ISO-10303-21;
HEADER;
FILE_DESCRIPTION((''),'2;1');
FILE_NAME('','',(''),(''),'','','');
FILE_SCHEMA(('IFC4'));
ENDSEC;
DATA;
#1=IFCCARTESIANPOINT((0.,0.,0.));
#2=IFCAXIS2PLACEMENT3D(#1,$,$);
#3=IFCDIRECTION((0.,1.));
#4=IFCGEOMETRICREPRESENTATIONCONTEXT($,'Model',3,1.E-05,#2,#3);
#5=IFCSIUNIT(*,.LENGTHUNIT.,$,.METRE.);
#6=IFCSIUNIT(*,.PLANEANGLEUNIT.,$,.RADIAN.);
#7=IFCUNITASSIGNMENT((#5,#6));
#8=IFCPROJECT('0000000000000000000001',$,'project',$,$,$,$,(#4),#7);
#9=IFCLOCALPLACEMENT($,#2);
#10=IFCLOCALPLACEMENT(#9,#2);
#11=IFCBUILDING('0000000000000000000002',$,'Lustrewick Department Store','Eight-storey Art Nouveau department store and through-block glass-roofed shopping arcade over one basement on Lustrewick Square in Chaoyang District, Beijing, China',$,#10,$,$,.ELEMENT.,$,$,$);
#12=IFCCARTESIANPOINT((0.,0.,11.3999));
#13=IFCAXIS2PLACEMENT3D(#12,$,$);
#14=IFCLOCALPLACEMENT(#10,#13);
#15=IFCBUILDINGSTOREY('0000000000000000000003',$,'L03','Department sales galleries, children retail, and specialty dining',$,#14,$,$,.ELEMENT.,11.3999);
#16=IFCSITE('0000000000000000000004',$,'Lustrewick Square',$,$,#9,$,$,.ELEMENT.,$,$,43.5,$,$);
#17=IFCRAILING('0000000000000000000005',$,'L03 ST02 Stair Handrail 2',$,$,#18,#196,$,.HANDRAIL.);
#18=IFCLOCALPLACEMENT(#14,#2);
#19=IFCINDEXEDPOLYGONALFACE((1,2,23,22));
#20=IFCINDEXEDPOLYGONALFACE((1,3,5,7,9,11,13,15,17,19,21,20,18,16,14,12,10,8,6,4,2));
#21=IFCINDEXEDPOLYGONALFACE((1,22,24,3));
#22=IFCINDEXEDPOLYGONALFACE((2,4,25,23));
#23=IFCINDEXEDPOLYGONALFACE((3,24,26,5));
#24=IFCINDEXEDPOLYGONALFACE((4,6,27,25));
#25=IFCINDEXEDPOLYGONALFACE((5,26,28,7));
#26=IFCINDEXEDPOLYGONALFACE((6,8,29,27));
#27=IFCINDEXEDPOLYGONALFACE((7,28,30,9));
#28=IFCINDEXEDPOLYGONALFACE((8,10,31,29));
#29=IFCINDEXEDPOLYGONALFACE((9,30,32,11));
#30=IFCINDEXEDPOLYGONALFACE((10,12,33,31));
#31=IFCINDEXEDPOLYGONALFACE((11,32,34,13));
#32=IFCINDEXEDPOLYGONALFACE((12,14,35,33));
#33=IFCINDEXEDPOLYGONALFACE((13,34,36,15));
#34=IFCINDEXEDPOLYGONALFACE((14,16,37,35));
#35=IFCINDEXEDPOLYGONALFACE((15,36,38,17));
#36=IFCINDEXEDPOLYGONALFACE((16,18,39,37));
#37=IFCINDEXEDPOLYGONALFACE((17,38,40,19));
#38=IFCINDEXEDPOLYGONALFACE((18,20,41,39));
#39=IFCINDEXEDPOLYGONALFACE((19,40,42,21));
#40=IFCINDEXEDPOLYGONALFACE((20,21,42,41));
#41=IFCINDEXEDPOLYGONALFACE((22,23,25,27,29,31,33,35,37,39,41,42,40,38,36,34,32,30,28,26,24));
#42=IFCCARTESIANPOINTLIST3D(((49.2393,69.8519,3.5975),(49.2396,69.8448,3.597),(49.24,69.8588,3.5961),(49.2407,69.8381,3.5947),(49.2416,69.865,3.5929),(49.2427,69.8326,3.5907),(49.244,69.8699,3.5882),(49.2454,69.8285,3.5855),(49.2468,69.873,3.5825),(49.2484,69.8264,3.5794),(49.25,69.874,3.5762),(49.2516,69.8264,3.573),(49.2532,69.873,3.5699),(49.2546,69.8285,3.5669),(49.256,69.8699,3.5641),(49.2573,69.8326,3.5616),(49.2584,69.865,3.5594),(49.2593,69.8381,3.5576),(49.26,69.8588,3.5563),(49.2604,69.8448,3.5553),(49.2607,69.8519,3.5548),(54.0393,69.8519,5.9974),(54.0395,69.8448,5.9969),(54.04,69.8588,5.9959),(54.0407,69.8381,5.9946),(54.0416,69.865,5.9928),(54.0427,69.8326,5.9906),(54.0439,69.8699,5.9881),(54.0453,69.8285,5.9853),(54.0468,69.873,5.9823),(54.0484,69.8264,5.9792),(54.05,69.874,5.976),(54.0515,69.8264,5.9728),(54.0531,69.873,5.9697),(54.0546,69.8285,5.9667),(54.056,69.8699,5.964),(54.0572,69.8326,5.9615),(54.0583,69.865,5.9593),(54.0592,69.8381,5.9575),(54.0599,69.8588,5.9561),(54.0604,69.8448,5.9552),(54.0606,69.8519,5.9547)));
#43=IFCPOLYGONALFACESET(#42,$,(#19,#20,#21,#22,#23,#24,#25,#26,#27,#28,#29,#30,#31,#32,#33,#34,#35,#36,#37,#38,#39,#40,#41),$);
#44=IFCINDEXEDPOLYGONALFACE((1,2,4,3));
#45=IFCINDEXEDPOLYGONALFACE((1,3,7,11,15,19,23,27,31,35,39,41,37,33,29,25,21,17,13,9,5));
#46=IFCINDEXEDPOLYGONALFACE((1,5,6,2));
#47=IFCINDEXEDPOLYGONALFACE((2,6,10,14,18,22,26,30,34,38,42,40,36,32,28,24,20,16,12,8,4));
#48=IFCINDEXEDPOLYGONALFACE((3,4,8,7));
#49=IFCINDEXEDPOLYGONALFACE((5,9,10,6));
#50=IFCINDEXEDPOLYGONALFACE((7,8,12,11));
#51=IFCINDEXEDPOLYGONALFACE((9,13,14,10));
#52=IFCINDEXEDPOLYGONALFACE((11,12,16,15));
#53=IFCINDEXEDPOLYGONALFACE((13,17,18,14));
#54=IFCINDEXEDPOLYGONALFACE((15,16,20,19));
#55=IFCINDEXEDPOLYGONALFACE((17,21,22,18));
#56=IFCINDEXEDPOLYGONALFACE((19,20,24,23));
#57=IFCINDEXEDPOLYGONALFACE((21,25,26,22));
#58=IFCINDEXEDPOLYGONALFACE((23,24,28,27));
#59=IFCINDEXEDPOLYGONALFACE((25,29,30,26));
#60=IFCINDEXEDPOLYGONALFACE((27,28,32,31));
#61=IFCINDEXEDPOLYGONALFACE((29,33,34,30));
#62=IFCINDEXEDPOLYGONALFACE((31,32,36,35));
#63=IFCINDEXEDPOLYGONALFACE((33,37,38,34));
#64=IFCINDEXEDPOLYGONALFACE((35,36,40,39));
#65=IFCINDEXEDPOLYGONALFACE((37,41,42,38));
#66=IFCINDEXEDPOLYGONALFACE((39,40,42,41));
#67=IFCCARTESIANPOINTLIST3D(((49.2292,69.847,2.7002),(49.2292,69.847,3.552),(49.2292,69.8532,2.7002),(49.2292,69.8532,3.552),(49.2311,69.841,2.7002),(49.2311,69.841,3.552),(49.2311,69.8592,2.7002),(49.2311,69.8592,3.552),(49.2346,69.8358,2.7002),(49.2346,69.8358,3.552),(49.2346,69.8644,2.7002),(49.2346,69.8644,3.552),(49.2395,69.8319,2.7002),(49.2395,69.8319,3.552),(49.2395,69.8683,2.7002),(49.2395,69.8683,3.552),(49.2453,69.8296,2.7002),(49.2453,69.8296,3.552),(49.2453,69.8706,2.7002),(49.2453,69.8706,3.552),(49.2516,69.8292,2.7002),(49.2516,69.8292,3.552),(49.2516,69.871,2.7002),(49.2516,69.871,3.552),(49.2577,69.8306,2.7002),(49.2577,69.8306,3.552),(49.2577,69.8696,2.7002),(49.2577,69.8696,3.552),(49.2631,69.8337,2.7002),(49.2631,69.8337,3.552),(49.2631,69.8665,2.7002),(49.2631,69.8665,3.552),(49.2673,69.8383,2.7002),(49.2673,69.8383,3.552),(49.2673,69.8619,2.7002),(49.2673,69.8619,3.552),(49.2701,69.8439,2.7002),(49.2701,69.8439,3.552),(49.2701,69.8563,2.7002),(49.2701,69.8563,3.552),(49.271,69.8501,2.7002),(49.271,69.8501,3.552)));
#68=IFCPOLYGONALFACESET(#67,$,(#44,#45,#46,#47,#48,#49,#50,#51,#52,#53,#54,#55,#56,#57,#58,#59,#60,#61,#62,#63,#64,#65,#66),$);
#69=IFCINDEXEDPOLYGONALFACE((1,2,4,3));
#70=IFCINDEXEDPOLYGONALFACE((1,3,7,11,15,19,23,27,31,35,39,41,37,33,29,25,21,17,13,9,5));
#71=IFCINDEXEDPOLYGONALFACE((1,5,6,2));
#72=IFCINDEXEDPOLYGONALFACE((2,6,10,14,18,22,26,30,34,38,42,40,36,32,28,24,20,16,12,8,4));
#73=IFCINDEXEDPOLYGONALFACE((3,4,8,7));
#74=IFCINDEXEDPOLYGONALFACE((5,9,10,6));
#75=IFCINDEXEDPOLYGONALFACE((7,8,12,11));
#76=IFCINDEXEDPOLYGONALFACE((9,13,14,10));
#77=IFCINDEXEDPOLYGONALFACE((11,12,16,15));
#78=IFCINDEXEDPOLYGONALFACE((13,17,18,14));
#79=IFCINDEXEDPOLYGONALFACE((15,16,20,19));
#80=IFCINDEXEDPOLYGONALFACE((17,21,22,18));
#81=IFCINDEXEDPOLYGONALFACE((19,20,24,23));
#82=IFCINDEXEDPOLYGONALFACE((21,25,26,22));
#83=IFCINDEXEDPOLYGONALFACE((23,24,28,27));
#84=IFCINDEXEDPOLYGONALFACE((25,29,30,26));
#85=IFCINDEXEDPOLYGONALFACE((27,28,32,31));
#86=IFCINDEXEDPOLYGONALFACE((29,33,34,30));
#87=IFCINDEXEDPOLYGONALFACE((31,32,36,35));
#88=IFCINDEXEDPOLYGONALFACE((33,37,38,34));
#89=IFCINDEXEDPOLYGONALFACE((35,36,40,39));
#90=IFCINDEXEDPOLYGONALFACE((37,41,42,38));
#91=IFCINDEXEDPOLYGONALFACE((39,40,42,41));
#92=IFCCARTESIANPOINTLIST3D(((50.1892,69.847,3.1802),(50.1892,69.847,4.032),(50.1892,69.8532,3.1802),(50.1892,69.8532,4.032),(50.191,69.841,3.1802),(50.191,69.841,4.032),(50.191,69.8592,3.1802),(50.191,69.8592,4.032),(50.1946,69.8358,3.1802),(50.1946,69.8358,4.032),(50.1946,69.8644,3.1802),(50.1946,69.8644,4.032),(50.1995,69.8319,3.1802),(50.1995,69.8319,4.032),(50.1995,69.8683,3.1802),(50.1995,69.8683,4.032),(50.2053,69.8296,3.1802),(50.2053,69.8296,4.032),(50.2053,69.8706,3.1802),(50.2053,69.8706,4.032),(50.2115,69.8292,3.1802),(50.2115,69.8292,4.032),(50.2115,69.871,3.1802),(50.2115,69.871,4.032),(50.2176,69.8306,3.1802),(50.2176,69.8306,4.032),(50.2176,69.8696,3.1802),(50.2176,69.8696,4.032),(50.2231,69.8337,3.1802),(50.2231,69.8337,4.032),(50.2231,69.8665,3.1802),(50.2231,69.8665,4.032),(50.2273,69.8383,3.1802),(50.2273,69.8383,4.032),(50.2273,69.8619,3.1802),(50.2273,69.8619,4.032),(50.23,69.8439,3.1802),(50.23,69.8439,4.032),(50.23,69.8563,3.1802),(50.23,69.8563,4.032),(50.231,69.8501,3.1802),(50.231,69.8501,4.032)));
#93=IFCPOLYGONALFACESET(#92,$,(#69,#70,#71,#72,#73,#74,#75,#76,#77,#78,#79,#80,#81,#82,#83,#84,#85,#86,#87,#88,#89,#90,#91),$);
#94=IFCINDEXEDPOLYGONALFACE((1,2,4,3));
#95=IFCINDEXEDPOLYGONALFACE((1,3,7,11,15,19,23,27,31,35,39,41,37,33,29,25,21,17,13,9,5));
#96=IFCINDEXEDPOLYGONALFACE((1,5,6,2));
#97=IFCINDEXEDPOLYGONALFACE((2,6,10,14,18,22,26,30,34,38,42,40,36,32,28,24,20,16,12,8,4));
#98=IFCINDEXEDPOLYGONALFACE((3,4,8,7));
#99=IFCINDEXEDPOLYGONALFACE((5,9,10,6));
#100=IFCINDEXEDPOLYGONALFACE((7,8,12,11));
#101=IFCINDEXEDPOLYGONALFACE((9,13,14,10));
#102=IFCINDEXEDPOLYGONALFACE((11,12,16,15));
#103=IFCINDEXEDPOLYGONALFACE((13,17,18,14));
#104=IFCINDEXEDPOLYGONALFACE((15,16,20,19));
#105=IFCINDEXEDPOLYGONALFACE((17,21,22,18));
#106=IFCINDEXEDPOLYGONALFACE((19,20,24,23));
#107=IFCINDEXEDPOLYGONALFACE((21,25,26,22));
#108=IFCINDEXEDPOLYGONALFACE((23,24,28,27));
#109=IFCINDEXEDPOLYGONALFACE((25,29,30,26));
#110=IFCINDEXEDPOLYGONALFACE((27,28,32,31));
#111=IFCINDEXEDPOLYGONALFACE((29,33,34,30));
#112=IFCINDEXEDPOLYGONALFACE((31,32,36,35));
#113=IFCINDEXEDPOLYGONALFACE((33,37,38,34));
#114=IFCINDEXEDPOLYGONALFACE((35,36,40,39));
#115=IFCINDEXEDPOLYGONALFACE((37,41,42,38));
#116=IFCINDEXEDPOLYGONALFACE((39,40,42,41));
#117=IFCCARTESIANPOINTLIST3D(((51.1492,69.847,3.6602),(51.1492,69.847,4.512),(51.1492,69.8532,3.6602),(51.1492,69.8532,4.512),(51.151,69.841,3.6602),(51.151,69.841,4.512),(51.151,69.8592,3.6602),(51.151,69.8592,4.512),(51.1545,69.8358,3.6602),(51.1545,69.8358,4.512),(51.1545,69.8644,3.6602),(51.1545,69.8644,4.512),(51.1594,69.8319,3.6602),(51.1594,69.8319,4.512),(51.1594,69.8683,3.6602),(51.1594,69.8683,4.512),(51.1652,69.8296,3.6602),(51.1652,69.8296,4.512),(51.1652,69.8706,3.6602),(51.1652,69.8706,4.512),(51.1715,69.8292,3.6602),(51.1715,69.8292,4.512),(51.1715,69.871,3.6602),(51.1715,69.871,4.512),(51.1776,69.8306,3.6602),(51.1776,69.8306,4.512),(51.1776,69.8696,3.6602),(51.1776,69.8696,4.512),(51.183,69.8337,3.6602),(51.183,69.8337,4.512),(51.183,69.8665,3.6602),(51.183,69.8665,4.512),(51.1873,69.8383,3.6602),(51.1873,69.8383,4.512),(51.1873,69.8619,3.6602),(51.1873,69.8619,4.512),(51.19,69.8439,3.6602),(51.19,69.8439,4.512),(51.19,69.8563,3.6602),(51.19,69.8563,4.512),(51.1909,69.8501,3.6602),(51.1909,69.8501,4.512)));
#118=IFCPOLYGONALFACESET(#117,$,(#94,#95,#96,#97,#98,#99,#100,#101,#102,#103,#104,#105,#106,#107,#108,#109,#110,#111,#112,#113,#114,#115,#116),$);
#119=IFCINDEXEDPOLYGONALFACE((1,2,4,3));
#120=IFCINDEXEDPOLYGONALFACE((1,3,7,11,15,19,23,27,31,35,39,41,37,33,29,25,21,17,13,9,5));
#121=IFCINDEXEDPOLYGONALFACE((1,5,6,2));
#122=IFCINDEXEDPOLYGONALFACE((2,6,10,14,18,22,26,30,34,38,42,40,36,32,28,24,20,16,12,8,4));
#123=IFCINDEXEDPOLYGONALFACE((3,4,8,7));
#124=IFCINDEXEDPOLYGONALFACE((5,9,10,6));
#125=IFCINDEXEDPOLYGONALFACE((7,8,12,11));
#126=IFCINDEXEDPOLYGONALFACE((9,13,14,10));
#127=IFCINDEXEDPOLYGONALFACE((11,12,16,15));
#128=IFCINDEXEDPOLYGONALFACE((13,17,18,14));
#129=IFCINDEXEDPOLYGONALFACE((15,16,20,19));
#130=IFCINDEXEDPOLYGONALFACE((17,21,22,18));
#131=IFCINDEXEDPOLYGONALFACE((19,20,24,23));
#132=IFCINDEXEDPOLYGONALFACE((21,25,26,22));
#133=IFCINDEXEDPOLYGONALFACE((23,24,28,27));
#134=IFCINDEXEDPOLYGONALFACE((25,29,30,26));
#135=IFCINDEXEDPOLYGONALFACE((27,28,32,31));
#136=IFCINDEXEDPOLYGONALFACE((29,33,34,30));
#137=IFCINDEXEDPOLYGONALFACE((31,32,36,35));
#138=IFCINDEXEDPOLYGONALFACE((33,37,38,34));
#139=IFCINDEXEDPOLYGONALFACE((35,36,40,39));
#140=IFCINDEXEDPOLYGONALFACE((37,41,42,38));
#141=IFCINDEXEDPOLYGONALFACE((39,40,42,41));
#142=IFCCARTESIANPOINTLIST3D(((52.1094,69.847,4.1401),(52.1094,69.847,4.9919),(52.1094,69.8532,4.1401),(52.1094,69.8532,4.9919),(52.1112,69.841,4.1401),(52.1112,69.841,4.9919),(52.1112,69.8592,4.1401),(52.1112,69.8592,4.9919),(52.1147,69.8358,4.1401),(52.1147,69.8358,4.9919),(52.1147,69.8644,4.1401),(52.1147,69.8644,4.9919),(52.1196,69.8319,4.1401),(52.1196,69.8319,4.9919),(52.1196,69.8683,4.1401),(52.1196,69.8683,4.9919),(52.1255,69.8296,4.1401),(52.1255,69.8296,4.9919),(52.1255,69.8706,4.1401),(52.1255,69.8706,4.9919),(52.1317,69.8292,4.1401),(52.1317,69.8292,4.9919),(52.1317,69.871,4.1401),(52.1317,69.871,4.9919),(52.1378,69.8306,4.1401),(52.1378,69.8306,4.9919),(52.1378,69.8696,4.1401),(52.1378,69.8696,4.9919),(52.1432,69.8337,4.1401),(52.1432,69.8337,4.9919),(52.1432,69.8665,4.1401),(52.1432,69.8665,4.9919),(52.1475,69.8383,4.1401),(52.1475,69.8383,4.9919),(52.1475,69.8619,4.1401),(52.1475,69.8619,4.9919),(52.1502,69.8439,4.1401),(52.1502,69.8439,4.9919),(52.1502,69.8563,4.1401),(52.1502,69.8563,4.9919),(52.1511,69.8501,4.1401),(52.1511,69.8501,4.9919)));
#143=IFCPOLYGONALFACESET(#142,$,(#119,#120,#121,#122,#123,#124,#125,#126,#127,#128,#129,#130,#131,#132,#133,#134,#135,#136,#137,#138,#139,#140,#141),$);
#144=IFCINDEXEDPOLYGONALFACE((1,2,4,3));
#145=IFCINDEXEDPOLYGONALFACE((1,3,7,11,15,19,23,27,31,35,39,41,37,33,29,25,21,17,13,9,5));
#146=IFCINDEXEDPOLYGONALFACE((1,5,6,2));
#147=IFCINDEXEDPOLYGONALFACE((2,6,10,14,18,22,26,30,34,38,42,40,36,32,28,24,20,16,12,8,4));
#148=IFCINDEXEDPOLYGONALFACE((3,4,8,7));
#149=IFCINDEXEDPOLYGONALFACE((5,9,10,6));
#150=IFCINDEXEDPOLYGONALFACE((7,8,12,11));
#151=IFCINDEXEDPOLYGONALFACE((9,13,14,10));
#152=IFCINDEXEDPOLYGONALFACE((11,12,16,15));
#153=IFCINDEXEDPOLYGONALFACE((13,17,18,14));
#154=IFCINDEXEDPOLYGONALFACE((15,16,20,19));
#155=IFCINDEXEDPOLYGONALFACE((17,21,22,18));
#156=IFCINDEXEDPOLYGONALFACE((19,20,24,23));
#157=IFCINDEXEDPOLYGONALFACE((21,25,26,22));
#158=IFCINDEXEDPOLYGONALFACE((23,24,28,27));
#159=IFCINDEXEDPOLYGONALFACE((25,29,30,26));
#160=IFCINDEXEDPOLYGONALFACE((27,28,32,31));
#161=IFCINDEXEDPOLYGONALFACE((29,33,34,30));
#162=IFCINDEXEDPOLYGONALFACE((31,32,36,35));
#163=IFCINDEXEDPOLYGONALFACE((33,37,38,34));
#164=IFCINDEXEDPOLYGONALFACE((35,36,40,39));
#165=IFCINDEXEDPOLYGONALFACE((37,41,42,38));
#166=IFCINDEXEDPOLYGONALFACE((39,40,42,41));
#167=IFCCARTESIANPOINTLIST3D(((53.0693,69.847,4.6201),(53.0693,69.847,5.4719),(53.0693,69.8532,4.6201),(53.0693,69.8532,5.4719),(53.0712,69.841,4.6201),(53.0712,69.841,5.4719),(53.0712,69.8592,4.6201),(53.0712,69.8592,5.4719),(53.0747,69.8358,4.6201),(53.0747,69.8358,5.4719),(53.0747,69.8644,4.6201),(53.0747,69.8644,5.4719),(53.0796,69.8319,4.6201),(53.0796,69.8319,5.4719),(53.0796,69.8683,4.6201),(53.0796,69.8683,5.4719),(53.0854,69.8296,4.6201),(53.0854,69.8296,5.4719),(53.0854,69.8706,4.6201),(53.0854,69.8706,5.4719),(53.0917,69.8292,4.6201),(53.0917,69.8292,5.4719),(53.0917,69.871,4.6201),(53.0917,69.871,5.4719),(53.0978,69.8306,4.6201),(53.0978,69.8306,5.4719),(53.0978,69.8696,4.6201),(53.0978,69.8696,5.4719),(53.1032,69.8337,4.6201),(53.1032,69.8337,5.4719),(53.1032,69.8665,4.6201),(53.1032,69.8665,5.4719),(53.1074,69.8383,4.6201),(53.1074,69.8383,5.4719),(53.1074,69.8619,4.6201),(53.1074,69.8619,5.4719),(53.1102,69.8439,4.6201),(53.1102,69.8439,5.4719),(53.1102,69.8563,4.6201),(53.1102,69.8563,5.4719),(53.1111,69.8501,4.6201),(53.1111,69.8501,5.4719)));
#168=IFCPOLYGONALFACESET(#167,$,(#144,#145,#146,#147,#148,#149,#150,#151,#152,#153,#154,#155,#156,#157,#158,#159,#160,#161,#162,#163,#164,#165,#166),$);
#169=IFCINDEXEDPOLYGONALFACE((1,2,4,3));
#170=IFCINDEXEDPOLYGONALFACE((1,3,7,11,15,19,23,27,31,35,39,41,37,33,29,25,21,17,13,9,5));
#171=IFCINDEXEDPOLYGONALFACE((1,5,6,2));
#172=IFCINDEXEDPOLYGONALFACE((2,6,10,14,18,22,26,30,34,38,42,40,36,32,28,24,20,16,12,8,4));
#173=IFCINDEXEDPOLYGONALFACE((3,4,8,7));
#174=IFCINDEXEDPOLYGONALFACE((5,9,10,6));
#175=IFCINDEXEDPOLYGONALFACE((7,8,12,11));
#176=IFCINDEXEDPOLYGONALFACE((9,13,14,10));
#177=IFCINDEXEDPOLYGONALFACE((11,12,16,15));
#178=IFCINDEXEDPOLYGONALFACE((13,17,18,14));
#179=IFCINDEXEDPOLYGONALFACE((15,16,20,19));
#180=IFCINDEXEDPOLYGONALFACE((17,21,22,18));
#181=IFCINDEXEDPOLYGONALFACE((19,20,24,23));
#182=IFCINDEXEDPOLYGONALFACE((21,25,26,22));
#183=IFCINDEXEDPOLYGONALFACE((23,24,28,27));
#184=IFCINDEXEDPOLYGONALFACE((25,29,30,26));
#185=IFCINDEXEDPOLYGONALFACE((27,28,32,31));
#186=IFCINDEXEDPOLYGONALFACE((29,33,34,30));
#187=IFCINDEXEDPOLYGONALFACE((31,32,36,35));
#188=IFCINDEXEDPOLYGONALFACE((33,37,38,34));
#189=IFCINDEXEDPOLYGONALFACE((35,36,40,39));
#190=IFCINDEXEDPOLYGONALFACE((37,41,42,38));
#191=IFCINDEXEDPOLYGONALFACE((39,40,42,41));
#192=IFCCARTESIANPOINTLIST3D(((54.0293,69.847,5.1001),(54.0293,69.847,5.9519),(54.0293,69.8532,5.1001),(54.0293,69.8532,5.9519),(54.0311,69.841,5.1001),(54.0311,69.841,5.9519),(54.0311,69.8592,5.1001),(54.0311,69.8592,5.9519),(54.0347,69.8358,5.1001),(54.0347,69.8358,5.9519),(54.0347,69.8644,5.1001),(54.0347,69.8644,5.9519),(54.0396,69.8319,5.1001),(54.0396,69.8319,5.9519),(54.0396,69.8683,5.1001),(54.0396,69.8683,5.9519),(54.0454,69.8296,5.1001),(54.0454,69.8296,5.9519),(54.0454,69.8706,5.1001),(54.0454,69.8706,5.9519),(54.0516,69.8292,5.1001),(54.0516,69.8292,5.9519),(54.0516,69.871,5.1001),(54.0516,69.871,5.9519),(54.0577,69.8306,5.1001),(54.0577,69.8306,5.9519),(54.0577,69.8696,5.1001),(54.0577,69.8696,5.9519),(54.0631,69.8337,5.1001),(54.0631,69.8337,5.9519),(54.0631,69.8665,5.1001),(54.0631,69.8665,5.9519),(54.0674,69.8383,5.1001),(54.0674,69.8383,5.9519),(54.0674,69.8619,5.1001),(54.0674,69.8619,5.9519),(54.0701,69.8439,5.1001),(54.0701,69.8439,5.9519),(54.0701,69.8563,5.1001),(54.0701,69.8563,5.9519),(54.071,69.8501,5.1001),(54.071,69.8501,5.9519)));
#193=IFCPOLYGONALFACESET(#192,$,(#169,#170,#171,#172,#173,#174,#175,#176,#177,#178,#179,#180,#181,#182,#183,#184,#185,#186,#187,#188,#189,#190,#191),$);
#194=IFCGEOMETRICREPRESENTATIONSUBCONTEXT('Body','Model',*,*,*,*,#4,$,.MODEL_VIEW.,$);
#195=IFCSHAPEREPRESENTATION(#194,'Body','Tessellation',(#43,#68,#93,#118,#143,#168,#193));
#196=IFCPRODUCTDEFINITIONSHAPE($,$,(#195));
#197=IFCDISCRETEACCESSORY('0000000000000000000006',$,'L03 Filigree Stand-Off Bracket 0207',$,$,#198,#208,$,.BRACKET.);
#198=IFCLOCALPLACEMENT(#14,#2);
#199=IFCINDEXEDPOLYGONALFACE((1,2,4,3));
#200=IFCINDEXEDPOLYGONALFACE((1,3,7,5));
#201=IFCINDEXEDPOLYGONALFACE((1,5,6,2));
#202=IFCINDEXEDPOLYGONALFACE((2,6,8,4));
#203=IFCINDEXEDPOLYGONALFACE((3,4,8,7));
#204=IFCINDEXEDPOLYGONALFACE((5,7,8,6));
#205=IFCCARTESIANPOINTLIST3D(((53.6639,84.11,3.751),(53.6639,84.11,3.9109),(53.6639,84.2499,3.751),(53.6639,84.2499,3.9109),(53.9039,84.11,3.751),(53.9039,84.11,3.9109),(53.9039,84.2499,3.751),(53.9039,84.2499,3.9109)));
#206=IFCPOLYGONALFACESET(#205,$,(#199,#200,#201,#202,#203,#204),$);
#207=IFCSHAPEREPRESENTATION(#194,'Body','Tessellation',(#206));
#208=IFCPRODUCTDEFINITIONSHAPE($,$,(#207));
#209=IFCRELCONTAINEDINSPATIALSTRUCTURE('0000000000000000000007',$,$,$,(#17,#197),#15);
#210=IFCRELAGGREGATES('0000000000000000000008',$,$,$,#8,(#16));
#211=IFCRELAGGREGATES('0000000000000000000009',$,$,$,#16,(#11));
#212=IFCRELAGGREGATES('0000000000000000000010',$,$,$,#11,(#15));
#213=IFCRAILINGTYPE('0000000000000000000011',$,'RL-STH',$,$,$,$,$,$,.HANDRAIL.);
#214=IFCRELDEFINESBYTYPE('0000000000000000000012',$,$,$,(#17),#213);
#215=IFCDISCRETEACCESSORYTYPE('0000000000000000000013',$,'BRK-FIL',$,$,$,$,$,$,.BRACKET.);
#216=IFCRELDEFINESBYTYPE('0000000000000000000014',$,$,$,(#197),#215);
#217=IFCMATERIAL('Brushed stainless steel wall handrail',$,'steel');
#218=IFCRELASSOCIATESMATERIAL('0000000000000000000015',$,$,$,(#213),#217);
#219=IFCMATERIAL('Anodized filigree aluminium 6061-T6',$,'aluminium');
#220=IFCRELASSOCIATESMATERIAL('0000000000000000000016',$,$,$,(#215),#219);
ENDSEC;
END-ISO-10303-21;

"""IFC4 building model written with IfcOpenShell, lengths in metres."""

from ifc_helpers import new_model, si_unit, direction, frame, origin, origin_2d, place, context, subcontext, project, spatial, rectangle, circle, extrude, material, type_object, element, save


model = new_model("IFC4")

# Units and contexts
model_context = context("Model", 3, precision=1e-05, world=origin(), true_north=direction((0.0, 1.0)))
body_context = subcontext(model_context, "Body", "Model", "MODEL_VIEW")
ifc_project = project(units=[si_unit("LENGTHUNIT", "METRE"), si_unit("PLANEANGLEUNIT", "RADIAN")], contexts=[model_context])

# Site, building, storey
site_placement = place(None, origin())
site = spatial("IfcSite", under=ifc_project, at=site_placement, Name="Lustrewick Square", CompositionType="ELEMENT", RefElevation=43.5)
building_placement = place(site_placement, origin())
building = spatial("IfcBuilding", under=site, at=building_placement, Name="Lustrewick Department Store", Description="Eight-storey Art Nouveau department store and through-block glass-roofed shopping arcade over one basement on Lustrewick Square in Chaoyang District, Beijing, China", CompositionType="ELEMENT")
storey_placement = place(building_placement, frame((0.0, 0.0, 11.3999)))
storey = spatial("IfcBuildingStorey", under=building, at=storey_placement, Name="L03", Description="Department sales galleries, children retail, and specialty dining", CompositionType="ELEMENT", Elevation=11.3999)

# Railing
ifc_material_1 = material(Name="Brushed stainless steel wall handrail", Category="steel")
railing_type_1 = type_object("IfcRailingType", Name="RL-STH", PredefinedType="HANDRAIL", material=ifc_material_1)
railing_1_placement = place(storey_placement, frame((49.25, 69.8501, 2.7002)))
element("IfcRailing", 1, at=railing_1_placement, inside=storey, type_object=railing_type_1, Name="L03 ST02 Stair Handrail 2", PredefinedType="HANDRAIL", context=body_context, shape_type="SweptSolid", body=[
    extrude(circle(Radius=0.0239, at=origin_2d()), frame((0.0, 0.0, 0.876), z_axis=(0.894436, 0.0, 0.447195), x_axis=(0.0, 1.0, 0.0)), (0.0, 0.0, 1.0), 5.3665),
    extrude(circle(Radius=0.021, at=origin_2d()), origin(), (0.0, 0.0, 1.0), 0.8518),
    extrude(circle(Radius=0.021, at=origin_2d()), frame((0.96, 0.0, 0.48)), (0.0, 0.0, 1.0), 0.8518),
    extrude(circle(Radius=0.021, at=origin_2d()), frame((1.9199, 0.0, 0.96)), (0.0, 0.0, 1.0), 0.8518),
    extrude(circle(Radius=0.021, at=origin_2d()), frame((2.8801, 0.0, 1.4399)), (0.0, 0.0, 1.0), 0.8518),
    extrude(circle(Radius=0.021, at=origin_2d()), frame((3.8401, 0.0, 1.9199)), (0.0, 0.0, 1.0), 0.8518),
    extrude(circle(Radius=0.021, at=origin_2d()), frame((4.8, 0.0, 2.3999)), (0.0, 0.0, 1.0), 0.8518),
])

# Discrete accessory
ifc_material_2 = material(Name="Anodized filigree aluminium 6061-T6", Category="aluminium")
discrete_accessory_type_1 = type_object("IfcDiscreteAccessoryType", Name="BRK-FIL", PredefinedType="BRACKET", material=ifc_material_2)
for number, where, z_axis, x_axis, name in (
    (2, (53.7839, 84.1799, 3.751), (0.0, 0.0, 1.0), (-1.0, 0.0, 0.0), "L03 Filigree Stand-Off Bracket 0207"),
):
    element("IfcDiscreteAccessory", number, at=place(storey_placement, frame(where, z_axis=z_axis, x_axis=x_axis)), inside=storey, type_object=discrete_accessory_type_1, Name=name, PredefinedType="BRACKET", context=body_context, shape_type="SweptSolid", body=[
        extrude(rectangle(XDim=0.24, YDim=0.1399, at=origin_2d()), origin(), (0.0, 0.0, 1.0), 0.1599),
    ])

save(model, "model.ifc")
